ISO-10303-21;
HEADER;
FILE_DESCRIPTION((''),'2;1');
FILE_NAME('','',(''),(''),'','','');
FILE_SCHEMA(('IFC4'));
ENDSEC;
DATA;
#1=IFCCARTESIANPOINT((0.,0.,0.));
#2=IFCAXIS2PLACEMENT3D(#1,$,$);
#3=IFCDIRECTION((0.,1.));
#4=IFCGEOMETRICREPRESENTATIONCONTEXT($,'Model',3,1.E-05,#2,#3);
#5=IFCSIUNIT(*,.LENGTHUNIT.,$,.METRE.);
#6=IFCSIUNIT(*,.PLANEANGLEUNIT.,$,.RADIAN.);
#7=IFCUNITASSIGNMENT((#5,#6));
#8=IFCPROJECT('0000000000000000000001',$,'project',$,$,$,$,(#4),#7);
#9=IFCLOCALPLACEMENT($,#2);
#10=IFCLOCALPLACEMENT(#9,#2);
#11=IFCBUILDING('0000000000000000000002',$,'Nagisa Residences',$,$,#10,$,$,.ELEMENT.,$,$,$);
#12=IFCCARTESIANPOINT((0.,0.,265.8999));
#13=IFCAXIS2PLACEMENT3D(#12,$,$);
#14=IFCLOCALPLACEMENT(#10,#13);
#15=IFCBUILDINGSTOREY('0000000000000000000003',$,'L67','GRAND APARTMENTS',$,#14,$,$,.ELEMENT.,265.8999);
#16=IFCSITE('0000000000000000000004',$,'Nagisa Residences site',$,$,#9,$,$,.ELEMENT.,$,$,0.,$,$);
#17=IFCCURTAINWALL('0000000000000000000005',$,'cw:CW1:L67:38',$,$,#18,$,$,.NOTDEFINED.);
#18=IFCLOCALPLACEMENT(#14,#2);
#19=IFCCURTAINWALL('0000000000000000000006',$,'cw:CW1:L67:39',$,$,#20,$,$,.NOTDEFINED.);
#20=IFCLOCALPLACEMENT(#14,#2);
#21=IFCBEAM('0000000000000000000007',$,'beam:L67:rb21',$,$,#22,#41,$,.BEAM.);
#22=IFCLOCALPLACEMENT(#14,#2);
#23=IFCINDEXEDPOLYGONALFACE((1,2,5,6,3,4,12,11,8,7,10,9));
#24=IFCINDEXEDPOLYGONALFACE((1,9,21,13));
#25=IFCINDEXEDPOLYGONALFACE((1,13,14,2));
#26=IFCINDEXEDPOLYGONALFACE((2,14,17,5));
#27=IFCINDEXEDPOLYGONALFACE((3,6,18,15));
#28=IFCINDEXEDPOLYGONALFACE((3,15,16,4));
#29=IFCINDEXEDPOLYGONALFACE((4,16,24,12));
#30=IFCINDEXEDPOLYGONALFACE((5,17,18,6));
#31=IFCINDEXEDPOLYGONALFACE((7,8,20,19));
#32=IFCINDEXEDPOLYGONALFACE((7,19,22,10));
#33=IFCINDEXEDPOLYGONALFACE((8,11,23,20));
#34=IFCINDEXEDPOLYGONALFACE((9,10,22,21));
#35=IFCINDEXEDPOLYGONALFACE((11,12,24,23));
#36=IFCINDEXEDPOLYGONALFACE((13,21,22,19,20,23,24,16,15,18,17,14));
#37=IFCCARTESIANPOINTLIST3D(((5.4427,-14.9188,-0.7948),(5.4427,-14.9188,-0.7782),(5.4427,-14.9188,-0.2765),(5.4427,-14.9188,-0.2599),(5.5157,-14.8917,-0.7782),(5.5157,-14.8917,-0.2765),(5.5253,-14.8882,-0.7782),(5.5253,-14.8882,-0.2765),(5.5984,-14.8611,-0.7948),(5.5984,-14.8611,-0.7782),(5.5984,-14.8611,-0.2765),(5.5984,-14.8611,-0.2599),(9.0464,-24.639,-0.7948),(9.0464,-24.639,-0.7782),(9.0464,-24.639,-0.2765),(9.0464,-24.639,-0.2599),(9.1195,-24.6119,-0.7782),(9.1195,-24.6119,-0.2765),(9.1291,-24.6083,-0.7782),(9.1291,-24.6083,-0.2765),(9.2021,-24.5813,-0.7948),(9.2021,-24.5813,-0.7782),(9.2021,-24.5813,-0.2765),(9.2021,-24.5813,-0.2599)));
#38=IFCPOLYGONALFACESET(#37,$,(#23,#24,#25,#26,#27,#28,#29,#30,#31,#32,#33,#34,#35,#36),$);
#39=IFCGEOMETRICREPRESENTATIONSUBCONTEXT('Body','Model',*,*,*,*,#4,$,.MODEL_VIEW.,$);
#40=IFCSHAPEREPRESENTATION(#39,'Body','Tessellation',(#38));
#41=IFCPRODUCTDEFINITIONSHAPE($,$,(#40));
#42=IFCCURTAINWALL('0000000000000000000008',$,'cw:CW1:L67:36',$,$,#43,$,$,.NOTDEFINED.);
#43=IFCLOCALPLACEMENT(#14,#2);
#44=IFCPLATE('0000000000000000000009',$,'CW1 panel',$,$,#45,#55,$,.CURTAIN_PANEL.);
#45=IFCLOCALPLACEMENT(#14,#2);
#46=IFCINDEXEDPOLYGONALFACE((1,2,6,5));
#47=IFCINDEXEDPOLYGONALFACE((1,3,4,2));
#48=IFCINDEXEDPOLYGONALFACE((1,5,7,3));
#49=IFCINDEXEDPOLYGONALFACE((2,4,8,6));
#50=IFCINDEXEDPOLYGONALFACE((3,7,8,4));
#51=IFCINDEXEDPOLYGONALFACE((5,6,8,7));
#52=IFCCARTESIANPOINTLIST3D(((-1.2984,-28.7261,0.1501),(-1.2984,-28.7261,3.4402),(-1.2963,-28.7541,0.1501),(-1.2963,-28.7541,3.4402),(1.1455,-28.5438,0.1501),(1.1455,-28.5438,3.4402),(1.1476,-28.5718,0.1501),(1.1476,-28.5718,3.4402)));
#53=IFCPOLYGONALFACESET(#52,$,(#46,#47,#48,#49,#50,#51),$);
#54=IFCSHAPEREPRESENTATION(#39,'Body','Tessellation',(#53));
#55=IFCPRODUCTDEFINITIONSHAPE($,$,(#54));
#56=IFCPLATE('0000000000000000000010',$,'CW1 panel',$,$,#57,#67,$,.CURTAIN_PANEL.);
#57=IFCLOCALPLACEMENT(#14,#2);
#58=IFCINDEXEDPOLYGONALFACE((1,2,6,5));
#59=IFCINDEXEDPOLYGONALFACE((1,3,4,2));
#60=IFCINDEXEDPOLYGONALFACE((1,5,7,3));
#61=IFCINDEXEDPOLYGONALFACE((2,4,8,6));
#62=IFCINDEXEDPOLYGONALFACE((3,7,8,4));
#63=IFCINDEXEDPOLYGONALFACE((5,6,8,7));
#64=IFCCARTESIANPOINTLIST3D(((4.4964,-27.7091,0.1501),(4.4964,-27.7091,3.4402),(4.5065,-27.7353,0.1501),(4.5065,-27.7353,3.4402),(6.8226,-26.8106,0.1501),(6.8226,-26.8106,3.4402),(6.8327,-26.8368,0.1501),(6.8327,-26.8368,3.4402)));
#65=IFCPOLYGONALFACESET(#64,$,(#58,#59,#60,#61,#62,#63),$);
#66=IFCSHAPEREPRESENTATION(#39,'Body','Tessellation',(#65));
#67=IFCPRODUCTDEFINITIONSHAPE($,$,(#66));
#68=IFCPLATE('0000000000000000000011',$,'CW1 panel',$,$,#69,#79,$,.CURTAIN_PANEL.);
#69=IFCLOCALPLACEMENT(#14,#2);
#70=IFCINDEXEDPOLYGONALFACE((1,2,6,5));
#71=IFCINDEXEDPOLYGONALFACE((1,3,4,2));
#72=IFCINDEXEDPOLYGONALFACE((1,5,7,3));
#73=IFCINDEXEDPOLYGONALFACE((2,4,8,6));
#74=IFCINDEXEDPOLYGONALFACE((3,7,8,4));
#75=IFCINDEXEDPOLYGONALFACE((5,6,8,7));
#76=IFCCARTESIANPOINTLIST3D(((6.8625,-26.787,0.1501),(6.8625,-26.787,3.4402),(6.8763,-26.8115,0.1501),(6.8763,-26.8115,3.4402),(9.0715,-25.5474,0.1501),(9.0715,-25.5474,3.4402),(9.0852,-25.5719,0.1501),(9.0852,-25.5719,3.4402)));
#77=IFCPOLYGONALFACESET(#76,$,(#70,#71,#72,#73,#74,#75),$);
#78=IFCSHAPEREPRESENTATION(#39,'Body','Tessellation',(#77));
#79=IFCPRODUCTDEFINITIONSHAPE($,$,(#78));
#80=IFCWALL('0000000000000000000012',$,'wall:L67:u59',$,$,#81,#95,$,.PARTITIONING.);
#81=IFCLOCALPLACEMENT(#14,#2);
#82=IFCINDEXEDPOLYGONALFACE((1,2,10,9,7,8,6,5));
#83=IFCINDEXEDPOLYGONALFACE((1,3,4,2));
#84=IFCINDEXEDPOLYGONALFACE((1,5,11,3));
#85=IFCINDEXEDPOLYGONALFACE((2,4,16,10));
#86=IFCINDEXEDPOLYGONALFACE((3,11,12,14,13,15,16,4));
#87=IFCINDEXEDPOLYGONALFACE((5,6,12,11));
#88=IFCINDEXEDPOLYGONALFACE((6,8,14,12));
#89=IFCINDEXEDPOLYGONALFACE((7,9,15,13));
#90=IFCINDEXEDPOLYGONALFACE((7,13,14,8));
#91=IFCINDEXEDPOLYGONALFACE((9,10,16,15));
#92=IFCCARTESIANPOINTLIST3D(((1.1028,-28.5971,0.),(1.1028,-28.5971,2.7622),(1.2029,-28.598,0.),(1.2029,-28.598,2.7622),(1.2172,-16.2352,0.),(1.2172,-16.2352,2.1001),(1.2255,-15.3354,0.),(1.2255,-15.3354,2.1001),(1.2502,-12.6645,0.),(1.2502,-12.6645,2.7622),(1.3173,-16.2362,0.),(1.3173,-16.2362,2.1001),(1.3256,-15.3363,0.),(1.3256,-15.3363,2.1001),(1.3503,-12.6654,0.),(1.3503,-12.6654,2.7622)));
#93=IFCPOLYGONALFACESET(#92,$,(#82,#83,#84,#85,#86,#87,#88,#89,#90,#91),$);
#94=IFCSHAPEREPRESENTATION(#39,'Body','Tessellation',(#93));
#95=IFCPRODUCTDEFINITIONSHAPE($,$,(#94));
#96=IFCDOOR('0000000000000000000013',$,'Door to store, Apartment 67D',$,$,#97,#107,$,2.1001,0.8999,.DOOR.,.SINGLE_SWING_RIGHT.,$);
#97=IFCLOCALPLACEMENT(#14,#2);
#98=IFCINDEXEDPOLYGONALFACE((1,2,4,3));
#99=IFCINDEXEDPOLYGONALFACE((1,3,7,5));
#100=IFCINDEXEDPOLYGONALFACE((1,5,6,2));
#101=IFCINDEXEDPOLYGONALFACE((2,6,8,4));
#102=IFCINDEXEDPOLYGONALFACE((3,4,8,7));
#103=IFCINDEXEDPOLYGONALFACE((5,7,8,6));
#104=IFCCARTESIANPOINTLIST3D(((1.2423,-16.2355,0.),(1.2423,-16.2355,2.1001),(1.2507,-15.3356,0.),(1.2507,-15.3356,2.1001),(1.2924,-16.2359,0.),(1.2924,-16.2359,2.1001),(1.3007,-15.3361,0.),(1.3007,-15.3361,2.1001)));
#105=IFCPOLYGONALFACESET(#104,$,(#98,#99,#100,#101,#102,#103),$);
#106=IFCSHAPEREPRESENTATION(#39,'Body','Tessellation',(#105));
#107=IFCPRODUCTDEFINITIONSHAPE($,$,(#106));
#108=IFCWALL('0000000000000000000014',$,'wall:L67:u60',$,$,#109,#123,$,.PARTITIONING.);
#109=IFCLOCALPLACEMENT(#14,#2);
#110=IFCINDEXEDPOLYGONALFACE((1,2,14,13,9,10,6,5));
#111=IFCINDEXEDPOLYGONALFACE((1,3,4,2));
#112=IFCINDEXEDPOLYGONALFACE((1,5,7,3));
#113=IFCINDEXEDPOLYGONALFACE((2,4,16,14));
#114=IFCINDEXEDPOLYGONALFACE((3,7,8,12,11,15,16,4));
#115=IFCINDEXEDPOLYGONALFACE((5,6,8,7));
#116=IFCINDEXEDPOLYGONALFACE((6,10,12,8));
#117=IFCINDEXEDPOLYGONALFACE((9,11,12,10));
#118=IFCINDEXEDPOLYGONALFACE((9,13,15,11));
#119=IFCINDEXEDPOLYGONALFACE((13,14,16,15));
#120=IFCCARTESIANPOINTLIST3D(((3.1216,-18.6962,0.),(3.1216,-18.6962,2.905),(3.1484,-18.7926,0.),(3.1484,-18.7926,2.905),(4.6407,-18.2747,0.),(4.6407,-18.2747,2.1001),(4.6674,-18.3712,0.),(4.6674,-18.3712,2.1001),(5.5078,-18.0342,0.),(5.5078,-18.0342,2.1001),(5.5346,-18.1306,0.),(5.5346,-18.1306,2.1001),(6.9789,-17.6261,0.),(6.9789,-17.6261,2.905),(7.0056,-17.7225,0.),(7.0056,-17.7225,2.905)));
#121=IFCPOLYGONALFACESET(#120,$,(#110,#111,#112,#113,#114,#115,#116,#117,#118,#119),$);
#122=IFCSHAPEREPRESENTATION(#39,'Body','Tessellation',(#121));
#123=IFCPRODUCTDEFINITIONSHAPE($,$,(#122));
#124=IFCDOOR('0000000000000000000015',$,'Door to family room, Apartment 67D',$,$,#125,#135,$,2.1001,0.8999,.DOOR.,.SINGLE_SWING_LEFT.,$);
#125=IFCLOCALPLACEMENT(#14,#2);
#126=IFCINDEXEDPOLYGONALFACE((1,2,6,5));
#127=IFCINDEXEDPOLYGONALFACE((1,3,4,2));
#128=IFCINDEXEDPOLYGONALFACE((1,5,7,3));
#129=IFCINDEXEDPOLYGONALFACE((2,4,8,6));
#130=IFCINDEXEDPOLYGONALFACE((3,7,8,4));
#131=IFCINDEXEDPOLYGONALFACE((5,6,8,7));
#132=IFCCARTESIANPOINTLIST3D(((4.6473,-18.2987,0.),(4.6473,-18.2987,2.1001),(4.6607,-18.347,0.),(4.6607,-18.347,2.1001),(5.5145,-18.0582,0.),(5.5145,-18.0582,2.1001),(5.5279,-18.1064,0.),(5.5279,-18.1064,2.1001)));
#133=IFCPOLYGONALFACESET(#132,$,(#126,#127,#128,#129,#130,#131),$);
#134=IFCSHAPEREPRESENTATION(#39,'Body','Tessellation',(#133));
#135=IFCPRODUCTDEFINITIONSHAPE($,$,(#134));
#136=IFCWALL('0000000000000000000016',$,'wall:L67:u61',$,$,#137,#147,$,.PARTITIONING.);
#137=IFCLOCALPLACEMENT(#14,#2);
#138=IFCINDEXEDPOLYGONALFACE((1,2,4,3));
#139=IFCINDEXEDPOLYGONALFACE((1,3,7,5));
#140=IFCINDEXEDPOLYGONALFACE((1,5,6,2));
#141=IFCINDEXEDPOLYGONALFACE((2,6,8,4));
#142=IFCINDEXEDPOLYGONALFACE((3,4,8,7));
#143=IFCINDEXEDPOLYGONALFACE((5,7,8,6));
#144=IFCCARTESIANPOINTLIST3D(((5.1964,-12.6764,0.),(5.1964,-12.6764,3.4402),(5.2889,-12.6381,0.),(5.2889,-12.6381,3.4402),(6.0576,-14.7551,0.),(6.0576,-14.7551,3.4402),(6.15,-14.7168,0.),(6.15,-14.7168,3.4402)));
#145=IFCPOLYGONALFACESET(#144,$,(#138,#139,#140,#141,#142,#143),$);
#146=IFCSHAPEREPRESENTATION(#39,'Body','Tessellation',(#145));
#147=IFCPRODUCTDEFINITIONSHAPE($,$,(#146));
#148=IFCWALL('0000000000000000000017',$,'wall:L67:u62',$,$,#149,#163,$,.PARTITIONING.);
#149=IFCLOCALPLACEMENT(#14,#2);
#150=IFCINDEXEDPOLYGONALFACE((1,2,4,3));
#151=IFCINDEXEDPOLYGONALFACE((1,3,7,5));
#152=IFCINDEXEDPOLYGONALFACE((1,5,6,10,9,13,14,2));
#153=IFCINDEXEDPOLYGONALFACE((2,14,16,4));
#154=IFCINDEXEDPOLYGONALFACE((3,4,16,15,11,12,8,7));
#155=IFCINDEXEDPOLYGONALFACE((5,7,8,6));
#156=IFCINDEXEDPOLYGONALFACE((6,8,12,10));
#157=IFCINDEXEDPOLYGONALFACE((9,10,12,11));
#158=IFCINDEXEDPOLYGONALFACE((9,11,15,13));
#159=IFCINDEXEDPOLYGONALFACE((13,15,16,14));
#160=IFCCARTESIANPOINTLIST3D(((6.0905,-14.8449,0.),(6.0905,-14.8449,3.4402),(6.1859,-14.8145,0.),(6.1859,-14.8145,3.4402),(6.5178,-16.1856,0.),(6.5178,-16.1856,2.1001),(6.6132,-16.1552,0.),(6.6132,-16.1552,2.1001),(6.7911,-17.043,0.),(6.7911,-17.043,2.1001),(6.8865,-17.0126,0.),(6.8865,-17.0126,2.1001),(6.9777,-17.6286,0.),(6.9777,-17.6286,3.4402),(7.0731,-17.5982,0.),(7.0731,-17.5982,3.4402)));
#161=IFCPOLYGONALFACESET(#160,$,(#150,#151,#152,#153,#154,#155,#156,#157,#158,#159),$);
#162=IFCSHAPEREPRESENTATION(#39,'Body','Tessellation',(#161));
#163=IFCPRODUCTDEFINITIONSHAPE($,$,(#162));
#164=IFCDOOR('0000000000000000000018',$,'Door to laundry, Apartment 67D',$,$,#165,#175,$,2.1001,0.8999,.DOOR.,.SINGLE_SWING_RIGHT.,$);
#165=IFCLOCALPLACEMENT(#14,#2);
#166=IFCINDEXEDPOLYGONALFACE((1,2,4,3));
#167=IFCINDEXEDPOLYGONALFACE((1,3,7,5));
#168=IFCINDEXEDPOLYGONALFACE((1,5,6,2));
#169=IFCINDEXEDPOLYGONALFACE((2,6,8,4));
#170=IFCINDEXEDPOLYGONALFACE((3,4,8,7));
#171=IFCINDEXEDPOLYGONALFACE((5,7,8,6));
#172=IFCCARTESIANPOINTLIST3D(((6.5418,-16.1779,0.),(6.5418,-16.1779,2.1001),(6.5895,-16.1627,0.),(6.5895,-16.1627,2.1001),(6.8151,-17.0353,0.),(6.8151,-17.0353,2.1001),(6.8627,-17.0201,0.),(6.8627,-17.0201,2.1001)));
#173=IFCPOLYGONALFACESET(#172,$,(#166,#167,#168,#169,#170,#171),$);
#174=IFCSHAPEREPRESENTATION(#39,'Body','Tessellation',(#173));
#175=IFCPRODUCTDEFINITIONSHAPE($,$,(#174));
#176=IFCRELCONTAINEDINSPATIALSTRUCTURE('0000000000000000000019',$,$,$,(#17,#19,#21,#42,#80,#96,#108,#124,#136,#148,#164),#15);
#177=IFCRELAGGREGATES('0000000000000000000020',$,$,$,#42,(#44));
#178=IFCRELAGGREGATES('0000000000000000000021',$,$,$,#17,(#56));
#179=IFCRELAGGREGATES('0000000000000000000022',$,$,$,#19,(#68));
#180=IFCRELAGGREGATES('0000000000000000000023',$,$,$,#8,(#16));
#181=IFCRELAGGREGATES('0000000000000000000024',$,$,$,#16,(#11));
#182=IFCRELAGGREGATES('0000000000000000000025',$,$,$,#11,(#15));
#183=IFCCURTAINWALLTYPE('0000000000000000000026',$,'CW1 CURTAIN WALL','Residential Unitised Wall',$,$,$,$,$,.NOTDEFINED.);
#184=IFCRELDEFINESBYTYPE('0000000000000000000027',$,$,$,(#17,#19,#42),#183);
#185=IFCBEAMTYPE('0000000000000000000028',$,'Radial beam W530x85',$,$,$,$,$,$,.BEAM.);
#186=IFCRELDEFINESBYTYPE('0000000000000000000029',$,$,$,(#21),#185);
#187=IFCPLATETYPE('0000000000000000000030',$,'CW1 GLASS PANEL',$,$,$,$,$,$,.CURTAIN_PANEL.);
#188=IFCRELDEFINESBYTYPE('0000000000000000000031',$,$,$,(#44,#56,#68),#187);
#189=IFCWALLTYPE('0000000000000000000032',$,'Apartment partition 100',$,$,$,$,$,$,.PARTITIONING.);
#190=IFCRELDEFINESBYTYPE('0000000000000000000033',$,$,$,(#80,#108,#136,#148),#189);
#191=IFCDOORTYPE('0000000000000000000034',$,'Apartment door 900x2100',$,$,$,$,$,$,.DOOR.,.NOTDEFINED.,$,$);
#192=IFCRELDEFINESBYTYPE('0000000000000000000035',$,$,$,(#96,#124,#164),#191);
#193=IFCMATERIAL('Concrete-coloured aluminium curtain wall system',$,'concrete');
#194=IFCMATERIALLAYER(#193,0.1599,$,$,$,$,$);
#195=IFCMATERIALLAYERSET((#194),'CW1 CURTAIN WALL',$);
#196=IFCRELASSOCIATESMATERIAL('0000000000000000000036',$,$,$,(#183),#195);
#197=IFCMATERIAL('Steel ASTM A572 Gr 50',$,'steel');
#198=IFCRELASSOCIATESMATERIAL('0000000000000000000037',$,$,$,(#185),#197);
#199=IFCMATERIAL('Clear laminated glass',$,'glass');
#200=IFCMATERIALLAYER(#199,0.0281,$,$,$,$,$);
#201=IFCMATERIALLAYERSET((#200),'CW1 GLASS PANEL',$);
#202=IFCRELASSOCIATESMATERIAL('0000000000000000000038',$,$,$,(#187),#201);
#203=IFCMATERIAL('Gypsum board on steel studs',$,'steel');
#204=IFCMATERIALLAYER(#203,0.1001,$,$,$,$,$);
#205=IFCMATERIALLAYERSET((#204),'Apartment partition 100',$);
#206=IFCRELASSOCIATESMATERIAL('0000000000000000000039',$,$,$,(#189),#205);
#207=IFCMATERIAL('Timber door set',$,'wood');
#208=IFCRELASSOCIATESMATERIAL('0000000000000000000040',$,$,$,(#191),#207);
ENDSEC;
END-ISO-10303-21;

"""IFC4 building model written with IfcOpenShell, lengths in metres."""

from ifc_helpers import new_model, si_unit, direction, frame, frame_2d, origin, origin_2d, place, context, subcontext, project, spatial, rectangle, i_section, extrude, material, layer, layer_set, material_profile, profile_set, type_object, element, fill, aggregate, save


model = new_model("IFC4")

# Units and contexts
model_context = context("Model", 3, precision=1e-05, world=origin(), true_north=direction((0.0, 1.0)))
body_context = subcontext(model_context, "Body", "Model", "MODEL_VIEW")
ifc_project = project(units=[si_unit("LENGTHUNIT", "METRE"), si_unit("PLANEANGLEUNIT", "RADIAN")], contexts=[model_context])

# Site, building, storey
site_placement = place(None, origin())
site = spatial("IfcSite", under=ifc_project, at=site_placement, Name="Nagisa Residences site", CompositionType="ELEMENT", RefElevation=0.0)
building_placement = place(site_placement, origin())
building = spatial("IfcBuilding", under=site, at=building_placement, Name="Nagisa Residences", CompositionType="ELEMENT")
storey_placement = place(building_placement, frame((0.0, 0.0, 265.8999)))
storey = spatial("IfcBuildingStorey", under=building, at=storey_placement, Name="L67", Description="GRAND APARTMENTS", CompositionType="ELEMENT", Elevation=265.8999)

# Curtain walls
ifc_material_1 = material(Name="Concrete-coloured aluminium curtain wall system", Category="concrete")
ifc_layer_1 = layer(ifc_material_1, 0.1599)
ifc_layer_set_1 = layer_set([ifc_layer_1], Name="CW1 CURTAIN WALL")
curtain_wall_type = type_object("IfcCurtainWallType", Name="CW1 CURTAIN WALL", Description="Residential Unitised Wall", PredefinedType="NOTDEFINED", material=ifc_layer_set_1)
curtain_wall_1_placement = place(storey_placement, origin())
curtain_wall_1 = element("IfcCurtainWall", 1, at=curtain_wall_1_placement, inside=storey, type_object=curtain_wall_type, Name="cw:CW1:L67:38", PredefinedType="NOTDEFINED")
curtain_wall_2_placement = place(storey_placement, origin())
curtain_wall_2 = element("IfcCurtainWall", 2, at=curtain_wall_2_placement, inside=storey, type_object=curtain_wall_type, Name="cw:CW1:L67:39", PredefinedType="NOTDEFINED")

# Beam
ifc_material_2 = material(Name="Steel ASTM A572 Gr 50", Category="steel")
ifc_material_profile_1 = material_profile(ifc_material_2, i_section(OverallWidth=0.166, OverallDepth=0.5349, WebThickness=0.0103, FlangeThickness=0.0166, at=origin_2d()), Name="W530x85")
ifc_profile_set_1 = profile_set([ifc_material_profile_1], Name="Steel ASTM A572 Gr 50")
beam_type_1 = type_object("IfcBeamType", Name="Radial beam W530x85", PredefinedType="BEAM", material=ifc_profile_set_1)
beam_1_placement = place(storey_placement, frame((9.1243, -24.6101, -0.5273), z_axis=(-0.347627, 0.937633, 0.0), x_axis=(-0.937633, -0.347627, 0.0)))
element("IfcBeam", 3, at=beam_1_placement, inside=storey, type_object=beam_type_1, Name="beam:L67:rb21", PredefinedType="BEAM", context=body_context, shape_type="SweptSolid", body=[
    extrude(i_section(OverallWidth=0.166, OverallDepth=0.5349, WebThickness=0.0103, FlangeThickness=0.0166, at=origin_2d()), origin(), (0.0, 0.0, 1.0), 10.3667),
])

# Curtain wall, plate
curtain_wall_3_placement = place(storey_placement, origin())
curtain_wall_3 = element("IfcCurtainWall", 4, at=curtain_wall_3_placement, inside=storey, type_object=curtain_wall_type, Name="cw:CW1:L67:36", PredefinedType="NOTDEFINED")
ifc_material_3 = material(Name="Clear laminated glass", Category="glass")
ifc_layer_2 = layer(ifc_material_3, 0.0281)
ifc_layer_set_2 = layer_set([ifc_layer_2], Name="CW1 GLASS PANEL")
plate_type = type_object("IfcPlateType", Name="CW1 GLASS PANEL", PredefinedType="CURTAIN_PANEL", material=ifc_layer_set_2)
plate_1_placement = place(storey_placement, frame((-0.0754, -28.6489, 0.1501), z_axis=(0.0, 0.0, 1.0), x_axis=(0.99723, 0.074377, 0.0)))
plate_1 = element("IfcPlate", 5, at=plate_1_placement, type_object=plate_type, Name="CW1 panel", PredefinedType="CURTAIN_PANEL", context=body_context, shape_type="SweptSolid", body=[
    extrude(rectangle(XDim=2.4507, YDim=0.0281, at=origin_2d()), origin(), (0.0, 0.0, 1.0), 3.29),
])
aggregate(curtain_wall_3, [plate_1])

# Plates
plate_2_placement = place(storey_placement, frame((5.6646, -27.2729, 0.1501), z_axis=(0.0, 0.0, 1.0), x_axis=(0.932826, 0.360328, 0.0)))
plate_2 = element("IfcPlate", 6, at=plate_2_placement, type_object=plate_type, Name="CW1 panel", PredefinedType="CURTAIN_PANEL", context=body_context, shape_type="SweptSolid", body=[
    extrude(rectangle(XDim=2.4937, YDim=0.0281, at=origin_2d()), origin(), (0.0, 0.0, 1.0), 3.29),
])
aggregate(curtain_wall_1, [plate_2])
plate_3_placement = place(storey_placement, frame((7.9739, -26.1794, 0.1501), z_axis=(0.0, 0.0, 1.0), x_axis=(0.872072, 0.489377, 0.0)))
plate_3 = element("IfcPlate", 7, at=plate_3_placement, type_object=plate_type, Name="CW1 panel", PredefinedType="CURTAIN_PANEL", context=body_context, shape_type="SweptSolid", body=[
    extrude(rectangle(XDim=2.533, YDim=0.0281, at=origin_2d()), origin(), (0.0, 0.0, 1.0), 3.29),
])
aggregate(curtain_wall_2, [plate_3])

# Walls, openings, doors
ifc_material_4 = material(Name="Gypsum board on steel studs", Category="steel")
ifc_layer_3 = layer(ifc_material_4, 0.1001)
ifc_layer_set_3 = layer_set([ifc_layer_3], Name="Apartment partition 100")
wall_type_1 = type_object("IfcWallType", Name="Apartment partition 100", PredefinedType="PARTITIONING", material=ifc_layer_set_3)
wall_1_placement = place(storey_placement, frame((1.3003, -12.6648, 0.0), z_axis=(0.0, 0.0, 1.0), x_axis=(-0.009255, -0.999957, 0.0)))
wall_1 = element("IfcWall", 8, at=wall_1_placement, inside=storey, type_object=wall_type_1, Name="wall:L67:u59", PredefinedType="PARTITIONING", context=body_context, shape_type="SweptSolid", body=[
    extrude(rectangle(XDim=15.9333, YDim=0.1001, at=frame_2d((7.9668, 0.0))), origin(), (0.0, 0.0, 1.0), 2.7622),
])
opening_1_placement = place(wall_1_placement, frame((2.6711, 0.0, 0.0)))
opening_1 = element("IfcOpeningElement", 9, at=opening_1_placement, cuts=wall_1, PredefinedType="OPENING", context=body_context, shape_type="SweptSolid", body=[
    extrude(rectangle(XDim=0.8999, YDim=2.1001, at=frame_2d((0.45, 1.05))), frame((0.0, 0.0601, 0.0), z_axis=(0.0, -1.0, 0.0), x_axis=(1.0, 0.0, 0.0)), (0.0, 0.0, 1.0), 0.1201),
])
ifc_material_5 = material(Name="Timber door set", Category="wood")
door_type_1 = type_object("IfcDoorType", Name="Apartment door 900x2100", OperationType="NOTDEFINED", PredefinedType="DOOR", material=ifc_material_5)
door_1_placement = place(opening_1_placement, frame((0.8999, 0.0, 0.0), x_axis=(-1.0, 0.0, 0.0)))
door_1 = element("IfcDoor", 10, at=door_1_placement, inside=storey, type_object=door_type_1, Name="Door to store, Apartment 67D", OperationType="SINGLE_SWING_RIGHT", OverallHeight=2.1001, OverallWidth=0.8999, PredefinedType="DOOR", context=body_context, shape_type="SweptSolid", body=[
    extrude(rectangle(XDim=0.8999, YDim=2.1001, at=frame_2d((0.45, 1.05))), frame((0.0, 0.0249, 0.0), z_axis=(0.0, -1.0, 0.0), x_axis=(1.0, 0.0, 0.0)), (0.0, 0.0, 1.0), 0.05),
])
fill(opening_1, door_1)
wall_2_placement = place(storey_placement, frame((3.135, -18.7444, 0.0), z_axis=(0.0, 0.0, 1.0), x_axis=(0.963606, 0.267326, 0.0)))
wall_2 = element("IfcWall", 11, at=wall_2_placement, inside=storey, type_object=wall_type_1, Name="wall:L67:u60", PredefinedType="PARTITIONING", context=body_context, shape_type="SweptSolid", body=[
    extrude(rectangle(XDim=4.0029, YDim=0.1001, at=frame_2d((2.0015, 0.0))), origin(), (0.0, 0.0, 1.0), 2.905),
])
opening_2_placement = place(wall_2_placement, frame((1.5764, 0.0, 0.0)))
opening_2 = element("IfcOpeningElement", 12, at=opening_2_placement, cuts=wall_2, PredefinedType="OPENING", context=body_context, shape_type="SweptSolid", body=[
    extrude(rectangle(XDim=0.8999, YDim=2.1001, at=frame_2d((0.45, 1.05))), frame((0.0, 0.0601, 0.0), z_axis=(0.0, -1.0, 0.0), x_axis=(1.0, 0.0, 0.0)), (0.0, 0.0, 1.0), 0.1201),
])
door_2_placement = place(opening_2_placement, frame((0.8999, 0.0, 0.0), x_axis=(-1.0, 0.0, 0.0)))
door_2 = element("IfcDoor", 13, at=door_2_placement, inside=storey, type_object=door_type_1, Name="Door to family room, Apartment 67D", OperationType="SINGLE_SWING_LEFT", OverallHeight=2.1001, OverallWidth=0.8999, PredefinedType="DOOR", context=body_context, shape_type="SweptSolid", body=[
    extrude(rectangle(XDim=0.8999, YDim=2.1001, at=frame_2d((0.45, 1.05))), frame((0.0, 0.0249, 0.0), z_axis=(0.0, -1.0, 0.0), x_axis=(1.0, 0.0, 0.0)), (0.0, 0.0, 1.0), 0.05),
])
fill(opening_2, door_2)

# Wall
wall_3_placement = place(storey_placement, frame((5.2427, -12.6572, 0.0), z_axis=(0.0, 0.0, 1.0), x_axis=(0.382719, -0.923865, 0.0)))
element("IfcWall", 14, at=wall_3_placement, inside=storey, type_object=wall_type_1, Name="wall:L67:u61", PredefinedType="PARTITIONING", context=body_context, shape_type="SweptSolid", body=[
    extrude(rectangle(XDim=2.25, YDim=0.1001, at=frame_2d((1.125, 0.0))), origin(), (0.0, 0.0, 1.0), 3.4402),
])

# Wall, opening, door
wall_4_placement = place(storey_placement, frame((6.1382, -14.8296, 0.0), z_axis=(0.0, 0.0, 1.0), x_axis=(0.303666, -0.952779, 0.0)))
wall_4 = element("IfcWall", 15, at=wall_4_placement, inside=storey, type_object=wall_type_1, Name="wall:L67:u62", PredefinedType="PARTITIONING", context=body_context, shape_type="SweptSolid", body=[
    extrude(rectangle(XDim=2.9216, YDim=0.1001, at=frame_2d((1.4609, 0.0))), origin(), (0.0, 0.0, 1.0), 3.4402),
])
opening_3_placement = place(wall_4_placement, frame((1.4072, 0.0, 0.0)))
opening_3 = element("IfcOpeningElement", 16, at=opening_3_placement, cuts=wall_4, PredefinedType="OPENING", context=body_context, shape_type="SweptSolid", body=[
    extrude(rectangle(XDim=0.8999, YDim=2.1001, at=frame_2d((0.45, 1.05))), frame((0.0, 0.0601, 0.0), z_axis=(0.0, -1.0, 0.0), x_axis=(1.0, 0.0, 0.0)), (0.0, 0.0, 1.0), 0.1201),
])
door_3_placement = place(opening_3_placement, frame((0.8999, 0.0, 0.0), x_axis=(-1.0, 0.0, 0.0)))
door_3 = element("IfcDoor", 17, at=door_3_placement, inside=storey, type_object=door_type_1, Name="Door to laundry, Apartment 67D", OperationType="SINGLE_SWING_RIGHT", OverallHeight=2.1001, OverallWidth=0.8999, PredefinedType="DOOR", context=body_context, shape_type="SweptSolid", body=[
    extrude(rectangle(XDim=0.8999, YDim=2.1001, at=frame_2d((0.45, 1.05))), frame((0.0, 0.0249, 0.0), z_axis=(0.0, -1.0, 0.0), x_axis=(1.0, 0.0, 0.0)), (0.0, 0.0, 1.0), 0.05),
])
fill(opening_3, door_3)

save(model, "model.ifc")
